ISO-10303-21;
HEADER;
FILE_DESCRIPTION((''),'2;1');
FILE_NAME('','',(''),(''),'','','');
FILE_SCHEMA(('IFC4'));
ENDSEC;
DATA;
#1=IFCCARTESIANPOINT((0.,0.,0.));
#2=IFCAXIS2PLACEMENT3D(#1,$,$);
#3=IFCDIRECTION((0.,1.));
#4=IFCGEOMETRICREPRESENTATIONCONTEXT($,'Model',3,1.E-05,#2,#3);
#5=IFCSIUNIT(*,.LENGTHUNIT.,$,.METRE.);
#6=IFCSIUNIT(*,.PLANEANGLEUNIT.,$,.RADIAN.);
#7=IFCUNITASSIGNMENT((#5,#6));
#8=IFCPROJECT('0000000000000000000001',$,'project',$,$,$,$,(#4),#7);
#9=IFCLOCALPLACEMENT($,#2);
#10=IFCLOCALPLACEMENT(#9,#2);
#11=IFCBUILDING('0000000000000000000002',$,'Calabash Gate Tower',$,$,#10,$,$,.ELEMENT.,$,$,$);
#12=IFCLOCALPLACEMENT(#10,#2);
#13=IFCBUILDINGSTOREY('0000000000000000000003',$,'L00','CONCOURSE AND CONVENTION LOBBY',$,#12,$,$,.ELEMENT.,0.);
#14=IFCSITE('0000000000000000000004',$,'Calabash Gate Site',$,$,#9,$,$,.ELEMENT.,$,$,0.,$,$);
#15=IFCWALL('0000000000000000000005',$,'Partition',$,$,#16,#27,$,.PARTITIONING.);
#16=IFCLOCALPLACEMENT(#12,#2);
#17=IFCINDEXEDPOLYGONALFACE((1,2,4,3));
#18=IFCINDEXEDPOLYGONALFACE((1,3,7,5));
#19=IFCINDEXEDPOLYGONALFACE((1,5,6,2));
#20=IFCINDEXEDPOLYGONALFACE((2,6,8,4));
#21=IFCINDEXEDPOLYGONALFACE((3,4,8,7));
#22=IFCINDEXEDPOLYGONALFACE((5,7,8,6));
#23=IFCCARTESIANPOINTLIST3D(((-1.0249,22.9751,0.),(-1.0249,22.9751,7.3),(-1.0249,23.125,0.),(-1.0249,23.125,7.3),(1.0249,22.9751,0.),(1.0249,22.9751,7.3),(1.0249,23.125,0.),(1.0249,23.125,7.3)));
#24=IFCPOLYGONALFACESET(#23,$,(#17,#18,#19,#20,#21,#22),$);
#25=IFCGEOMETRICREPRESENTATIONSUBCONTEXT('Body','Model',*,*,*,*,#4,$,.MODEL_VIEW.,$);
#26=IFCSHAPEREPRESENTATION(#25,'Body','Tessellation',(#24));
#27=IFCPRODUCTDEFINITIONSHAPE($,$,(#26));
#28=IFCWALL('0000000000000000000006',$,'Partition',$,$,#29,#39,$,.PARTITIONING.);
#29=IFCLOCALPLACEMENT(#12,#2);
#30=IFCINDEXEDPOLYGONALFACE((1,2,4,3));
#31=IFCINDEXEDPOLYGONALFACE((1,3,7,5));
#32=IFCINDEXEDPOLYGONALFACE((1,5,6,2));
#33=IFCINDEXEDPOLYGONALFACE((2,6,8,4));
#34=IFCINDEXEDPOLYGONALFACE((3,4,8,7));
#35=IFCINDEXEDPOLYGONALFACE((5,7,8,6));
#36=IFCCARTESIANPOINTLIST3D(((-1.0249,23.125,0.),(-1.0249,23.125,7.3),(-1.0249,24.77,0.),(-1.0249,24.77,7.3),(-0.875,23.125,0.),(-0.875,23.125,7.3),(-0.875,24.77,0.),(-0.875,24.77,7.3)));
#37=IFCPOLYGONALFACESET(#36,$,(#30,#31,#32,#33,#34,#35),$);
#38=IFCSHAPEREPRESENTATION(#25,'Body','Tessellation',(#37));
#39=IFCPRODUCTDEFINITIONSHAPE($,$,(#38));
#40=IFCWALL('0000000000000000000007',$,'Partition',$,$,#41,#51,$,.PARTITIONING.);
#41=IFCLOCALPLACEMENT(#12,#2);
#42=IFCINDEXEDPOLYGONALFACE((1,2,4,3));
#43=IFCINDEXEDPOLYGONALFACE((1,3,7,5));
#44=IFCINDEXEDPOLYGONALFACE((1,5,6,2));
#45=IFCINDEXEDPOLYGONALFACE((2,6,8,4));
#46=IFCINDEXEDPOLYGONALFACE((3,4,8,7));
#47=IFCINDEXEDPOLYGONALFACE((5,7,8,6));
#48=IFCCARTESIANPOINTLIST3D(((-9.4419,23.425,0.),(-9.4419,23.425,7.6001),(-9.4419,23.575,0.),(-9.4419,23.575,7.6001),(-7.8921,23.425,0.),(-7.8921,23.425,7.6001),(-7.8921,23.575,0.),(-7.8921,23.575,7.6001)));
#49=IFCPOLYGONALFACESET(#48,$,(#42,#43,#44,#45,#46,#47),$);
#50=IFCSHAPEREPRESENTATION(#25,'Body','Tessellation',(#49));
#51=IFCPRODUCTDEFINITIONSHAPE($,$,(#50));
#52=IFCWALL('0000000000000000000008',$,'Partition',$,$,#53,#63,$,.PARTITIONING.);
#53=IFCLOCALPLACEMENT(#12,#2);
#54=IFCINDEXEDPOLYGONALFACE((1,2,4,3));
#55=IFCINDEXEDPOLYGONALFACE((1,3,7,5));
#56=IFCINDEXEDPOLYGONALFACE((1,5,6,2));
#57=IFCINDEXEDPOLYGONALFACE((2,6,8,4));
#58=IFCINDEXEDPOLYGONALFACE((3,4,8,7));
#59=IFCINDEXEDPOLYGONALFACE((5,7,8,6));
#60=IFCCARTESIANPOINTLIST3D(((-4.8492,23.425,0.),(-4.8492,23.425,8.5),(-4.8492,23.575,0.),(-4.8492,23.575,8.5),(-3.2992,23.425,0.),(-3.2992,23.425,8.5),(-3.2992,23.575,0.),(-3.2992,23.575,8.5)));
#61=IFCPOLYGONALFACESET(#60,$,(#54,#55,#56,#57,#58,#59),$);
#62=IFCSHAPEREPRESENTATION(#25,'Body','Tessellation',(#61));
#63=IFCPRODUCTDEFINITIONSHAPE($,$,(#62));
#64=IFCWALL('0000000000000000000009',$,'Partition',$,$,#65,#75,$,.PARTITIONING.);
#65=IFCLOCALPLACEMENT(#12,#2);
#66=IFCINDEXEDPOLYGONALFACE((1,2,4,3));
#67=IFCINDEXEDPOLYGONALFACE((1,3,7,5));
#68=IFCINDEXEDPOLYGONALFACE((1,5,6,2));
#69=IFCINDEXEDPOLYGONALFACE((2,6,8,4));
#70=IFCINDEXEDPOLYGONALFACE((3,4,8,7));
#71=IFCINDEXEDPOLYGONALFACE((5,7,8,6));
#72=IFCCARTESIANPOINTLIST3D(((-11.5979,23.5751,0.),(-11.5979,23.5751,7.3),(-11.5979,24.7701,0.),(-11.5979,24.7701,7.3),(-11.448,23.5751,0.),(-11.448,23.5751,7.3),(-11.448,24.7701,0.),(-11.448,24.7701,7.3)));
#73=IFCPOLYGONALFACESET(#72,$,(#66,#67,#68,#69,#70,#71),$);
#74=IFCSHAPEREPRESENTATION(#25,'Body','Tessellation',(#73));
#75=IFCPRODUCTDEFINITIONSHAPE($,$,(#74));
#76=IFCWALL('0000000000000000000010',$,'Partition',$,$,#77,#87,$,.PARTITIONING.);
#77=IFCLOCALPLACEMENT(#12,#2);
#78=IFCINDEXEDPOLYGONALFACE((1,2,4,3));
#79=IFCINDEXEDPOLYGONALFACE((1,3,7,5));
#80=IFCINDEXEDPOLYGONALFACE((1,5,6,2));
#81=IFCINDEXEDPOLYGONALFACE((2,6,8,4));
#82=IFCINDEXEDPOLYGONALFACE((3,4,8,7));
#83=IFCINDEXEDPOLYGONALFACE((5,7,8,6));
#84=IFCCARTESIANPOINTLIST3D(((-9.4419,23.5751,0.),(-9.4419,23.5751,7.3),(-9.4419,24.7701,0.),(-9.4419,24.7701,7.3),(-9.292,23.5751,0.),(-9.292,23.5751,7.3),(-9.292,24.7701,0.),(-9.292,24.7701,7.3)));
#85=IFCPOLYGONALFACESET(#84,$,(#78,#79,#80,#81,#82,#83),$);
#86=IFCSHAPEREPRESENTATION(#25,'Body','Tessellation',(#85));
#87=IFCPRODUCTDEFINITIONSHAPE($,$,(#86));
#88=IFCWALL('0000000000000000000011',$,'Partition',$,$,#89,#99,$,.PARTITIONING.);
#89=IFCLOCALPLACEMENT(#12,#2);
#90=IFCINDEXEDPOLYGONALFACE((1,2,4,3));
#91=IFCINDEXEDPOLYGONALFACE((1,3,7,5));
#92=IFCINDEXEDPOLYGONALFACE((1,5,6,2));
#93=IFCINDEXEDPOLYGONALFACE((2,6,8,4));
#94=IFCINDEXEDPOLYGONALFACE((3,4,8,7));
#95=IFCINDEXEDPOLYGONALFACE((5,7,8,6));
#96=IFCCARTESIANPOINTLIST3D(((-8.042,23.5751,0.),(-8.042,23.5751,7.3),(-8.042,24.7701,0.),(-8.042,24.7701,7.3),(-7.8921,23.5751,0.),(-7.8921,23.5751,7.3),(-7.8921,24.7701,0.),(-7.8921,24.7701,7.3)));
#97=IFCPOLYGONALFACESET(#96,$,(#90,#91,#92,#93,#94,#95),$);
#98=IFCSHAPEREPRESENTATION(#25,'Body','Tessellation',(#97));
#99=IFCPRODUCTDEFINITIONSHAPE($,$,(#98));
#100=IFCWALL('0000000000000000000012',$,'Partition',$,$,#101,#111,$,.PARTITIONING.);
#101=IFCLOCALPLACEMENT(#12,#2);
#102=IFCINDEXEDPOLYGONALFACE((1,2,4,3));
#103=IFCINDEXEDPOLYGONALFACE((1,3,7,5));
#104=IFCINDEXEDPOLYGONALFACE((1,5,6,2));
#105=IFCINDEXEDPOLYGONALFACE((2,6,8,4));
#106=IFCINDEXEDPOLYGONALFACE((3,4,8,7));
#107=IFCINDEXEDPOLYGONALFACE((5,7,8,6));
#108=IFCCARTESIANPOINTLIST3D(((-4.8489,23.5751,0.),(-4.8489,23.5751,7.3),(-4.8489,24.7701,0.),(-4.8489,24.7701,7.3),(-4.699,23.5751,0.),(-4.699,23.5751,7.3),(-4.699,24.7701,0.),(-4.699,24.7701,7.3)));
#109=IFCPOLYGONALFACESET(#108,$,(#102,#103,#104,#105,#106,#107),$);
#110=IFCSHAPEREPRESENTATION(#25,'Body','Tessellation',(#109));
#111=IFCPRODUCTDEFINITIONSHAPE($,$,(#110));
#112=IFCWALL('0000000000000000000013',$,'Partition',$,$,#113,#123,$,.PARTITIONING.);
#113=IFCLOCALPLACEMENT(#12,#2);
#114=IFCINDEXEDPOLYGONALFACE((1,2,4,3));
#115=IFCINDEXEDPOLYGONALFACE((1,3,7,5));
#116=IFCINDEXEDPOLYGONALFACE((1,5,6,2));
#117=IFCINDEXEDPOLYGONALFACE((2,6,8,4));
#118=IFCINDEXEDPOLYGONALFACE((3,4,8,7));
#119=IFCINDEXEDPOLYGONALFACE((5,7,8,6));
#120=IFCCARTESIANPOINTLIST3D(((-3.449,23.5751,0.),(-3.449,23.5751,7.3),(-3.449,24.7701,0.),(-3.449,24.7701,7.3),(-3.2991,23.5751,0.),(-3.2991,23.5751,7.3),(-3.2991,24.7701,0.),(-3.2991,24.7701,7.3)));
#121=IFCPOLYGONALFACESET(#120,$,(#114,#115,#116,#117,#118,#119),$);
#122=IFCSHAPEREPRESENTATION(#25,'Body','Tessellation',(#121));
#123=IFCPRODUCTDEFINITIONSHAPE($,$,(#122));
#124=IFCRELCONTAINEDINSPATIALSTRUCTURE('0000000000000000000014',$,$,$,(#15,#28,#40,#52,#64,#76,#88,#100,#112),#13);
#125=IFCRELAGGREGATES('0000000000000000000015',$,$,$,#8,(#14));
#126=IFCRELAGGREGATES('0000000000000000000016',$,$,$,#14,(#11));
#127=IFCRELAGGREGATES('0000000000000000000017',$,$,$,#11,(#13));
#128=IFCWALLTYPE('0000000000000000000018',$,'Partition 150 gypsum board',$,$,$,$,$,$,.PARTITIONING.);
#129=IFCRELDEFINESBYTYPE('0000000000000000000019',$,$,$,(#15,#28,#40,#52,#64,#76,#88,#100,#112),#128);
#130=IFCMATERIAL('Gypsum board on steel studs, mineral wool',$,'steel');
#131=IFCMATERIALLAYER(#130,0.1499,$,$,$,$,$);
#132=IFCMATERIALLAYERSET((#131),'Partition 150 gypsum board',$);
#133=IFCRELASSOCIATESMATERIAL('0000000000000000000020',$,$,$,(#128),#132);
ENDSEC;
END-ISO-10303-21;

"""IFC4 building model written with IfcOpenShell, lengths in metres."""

from ifc_helpers import new_model, si_unit, direction, frame, frame_2d, origin, place, context, subcontext, project, spatial, rectangle, extrude, material, layer, layer_set, type_object, element, save


model = new_model("IFC4")

# Units and contexts
model_context = context("Model", 3, precision=1e-05, world=origin(), true_north=direction((0.0, 1.0)))
body_context = subcontext(model_context, "Body", "Model", "MODEL_VIEW")
ifc_project = project(units=[si_unit("LENGTHUNIT", "METRE"), si_unit("PLANEANGLEUNIT", "RADIAN")], contexts=[model_context])

# Site, building, storey
site_placement = place(None, origin())
site = spatial("IfcSite", under=ifc_project, at=site_placement, Name="Calabash Gate Site", CompositionType="ELEMENT", RefElevation=0.0)
building_placement = place(site_placement, origin())
building = spatial("IfcBuilding", under=site, at=building_placement, Name="Calabash Gate Tower", CompositionType="ELEMENT")
storey_placement = place(building_placement, origin())
storey = spatial("IfcBuildingStorey", under=building, at=storey_placement, Name="L00", Description="CONCOURSE AND CONVENTION LOBBY", CompositionType="ELEMENT", Elevation=0.0)

# Walls
ifc_material_1 = material(Name="Gypsum board on steel studs, mineral wool", Category="steel")
ifc_layer = layer(ifc_material_1, 0.1499)
ifc_layer_set = layer_set([ifc_layer], Name="Partition 150 gypsum board")
wall_type = type_object("IfcWallType", Name="Partition 150 gypsum board", PredefinedType="PARTITIONING", material=ifc_layer_set)
wall_1_placement = place(storey_placement, frame((-1.0249, 23.05, 0.0), z_axis=(0.0, 0.0, 1.0), x_axis=(1.0, 0.0, 0.0)))
element("IfcWall", 1, at=wall_1_placement, inside=storey, type_object=wall_type, Name="Partition", PredefinedType="PARTITIONING", context=body_context, shape_type="SweptSolid", body=[
    extrude(rectangle(XDim=2.0498, YDim=0.1499, at=frame_2d((1.0249, 0.0))), origin(), (0.0, 0.0, 1.0), 7.3),
])
wall_2_placement = place(storey_placement, frame((-0.95, 23.125, 0.0), z_axis=(0.0, 0.0, 1.0), x_axis=(0.0, 1.0, 0.0)))
element("IfcWall", 2, at=wall_2_placement, inside=storey, type_object=wall_type, Name="Partition", PredefinedType="PARTITIONING", context=body_context, shape_type="SweptSolid", body=[
    extrude(rectangle(XDim=1.645, YDim=0.1499, at=frame_2d((0.8225, 0.0))), origin(), (0.0, 0.0, 1.0), 7.3),
])
wall_3_placement = place(storey_placement, frame((-9.4419, 23.5, 0.0), z_axis=(0.0, 0.0, 1.0), x_axis=(1.0, 0.0, 0.0)))
element("IfcWall", 3, at=wall_3_placement, inside=storey, type_object=wall_type, Name="Partition", PredefinedType="PARTITIONING", context=body_context, shape_type="SweptSolid", body=[
    extrude(rectangle(XDim=1.5498, YDim=0.1499, at=frame_2d((0.7749, 0.0))), origin(), (0.0, 0.0, 1.0), 7.6001),
])
wall_4_placement = place(storey_placement, frame((-4.8491, 23.5, 0.0), z_axis=(0.0, 0.0, 1.0), x_axis=(1.0, 0.0, 0.0)))
element("IfcWall", 4, at=wall_4_placement, inside=storey, type_object=wall_type, Name="Partition", PredefinedType="PARTITIONING", context=body_context, shape_type="SweptSolid", body=[
    extrude(rectangle(XDim=1.55, YDim=0.1499, at=frame_2d((0.7749, 0.0))), origin(), (0.0, 0.0, 1.0), 8.5),
])
for number, where, z_axis, x_axis, name in (
    (5, (-11.5229, 23.575, 0.0), (0.0, 0.0, 1.0), (0.0, 1.0, 0.0), "Partition"),
    (6, (-9.3669, 23.575, 0.0), (0.0, 0.0, 1.0), (0.0, 1.0, 0.0), "Partition"),
    (7, (-7.967, 23.575, 0.0), (0.0, 0.0, 1.0), (0.0, 1.0, 0.0), "Partition"),
    (8, (-4.7739, 23.575, 0.0), (0.0, 0.0, 1.0), (0.0, 1.0, 0.0), "Partition"),
    (9, (-3.374, 23.575, 0.0), (0.0, 0.0, 1.0), (0.0, 1.0, 0.0), "Partition"),
):
    element("IfcWall", number, at=place(storey_placement, frame(where, z_axis=z_axis, x_axis=x_axis)), inside=storey, type_object=wall_type, Name=name, PredefinedType="PARTITIONING", context=body_context, shape_type="SweptSolid", body=[
        extrude(rectangle(XDim=1.1951, YDim=0.1499, at=frame_2d((0.5977, 0.0))), origin(), (0.0, 0.0, 1.0), 7.3),
    ])

save(model, "model.ifc")
